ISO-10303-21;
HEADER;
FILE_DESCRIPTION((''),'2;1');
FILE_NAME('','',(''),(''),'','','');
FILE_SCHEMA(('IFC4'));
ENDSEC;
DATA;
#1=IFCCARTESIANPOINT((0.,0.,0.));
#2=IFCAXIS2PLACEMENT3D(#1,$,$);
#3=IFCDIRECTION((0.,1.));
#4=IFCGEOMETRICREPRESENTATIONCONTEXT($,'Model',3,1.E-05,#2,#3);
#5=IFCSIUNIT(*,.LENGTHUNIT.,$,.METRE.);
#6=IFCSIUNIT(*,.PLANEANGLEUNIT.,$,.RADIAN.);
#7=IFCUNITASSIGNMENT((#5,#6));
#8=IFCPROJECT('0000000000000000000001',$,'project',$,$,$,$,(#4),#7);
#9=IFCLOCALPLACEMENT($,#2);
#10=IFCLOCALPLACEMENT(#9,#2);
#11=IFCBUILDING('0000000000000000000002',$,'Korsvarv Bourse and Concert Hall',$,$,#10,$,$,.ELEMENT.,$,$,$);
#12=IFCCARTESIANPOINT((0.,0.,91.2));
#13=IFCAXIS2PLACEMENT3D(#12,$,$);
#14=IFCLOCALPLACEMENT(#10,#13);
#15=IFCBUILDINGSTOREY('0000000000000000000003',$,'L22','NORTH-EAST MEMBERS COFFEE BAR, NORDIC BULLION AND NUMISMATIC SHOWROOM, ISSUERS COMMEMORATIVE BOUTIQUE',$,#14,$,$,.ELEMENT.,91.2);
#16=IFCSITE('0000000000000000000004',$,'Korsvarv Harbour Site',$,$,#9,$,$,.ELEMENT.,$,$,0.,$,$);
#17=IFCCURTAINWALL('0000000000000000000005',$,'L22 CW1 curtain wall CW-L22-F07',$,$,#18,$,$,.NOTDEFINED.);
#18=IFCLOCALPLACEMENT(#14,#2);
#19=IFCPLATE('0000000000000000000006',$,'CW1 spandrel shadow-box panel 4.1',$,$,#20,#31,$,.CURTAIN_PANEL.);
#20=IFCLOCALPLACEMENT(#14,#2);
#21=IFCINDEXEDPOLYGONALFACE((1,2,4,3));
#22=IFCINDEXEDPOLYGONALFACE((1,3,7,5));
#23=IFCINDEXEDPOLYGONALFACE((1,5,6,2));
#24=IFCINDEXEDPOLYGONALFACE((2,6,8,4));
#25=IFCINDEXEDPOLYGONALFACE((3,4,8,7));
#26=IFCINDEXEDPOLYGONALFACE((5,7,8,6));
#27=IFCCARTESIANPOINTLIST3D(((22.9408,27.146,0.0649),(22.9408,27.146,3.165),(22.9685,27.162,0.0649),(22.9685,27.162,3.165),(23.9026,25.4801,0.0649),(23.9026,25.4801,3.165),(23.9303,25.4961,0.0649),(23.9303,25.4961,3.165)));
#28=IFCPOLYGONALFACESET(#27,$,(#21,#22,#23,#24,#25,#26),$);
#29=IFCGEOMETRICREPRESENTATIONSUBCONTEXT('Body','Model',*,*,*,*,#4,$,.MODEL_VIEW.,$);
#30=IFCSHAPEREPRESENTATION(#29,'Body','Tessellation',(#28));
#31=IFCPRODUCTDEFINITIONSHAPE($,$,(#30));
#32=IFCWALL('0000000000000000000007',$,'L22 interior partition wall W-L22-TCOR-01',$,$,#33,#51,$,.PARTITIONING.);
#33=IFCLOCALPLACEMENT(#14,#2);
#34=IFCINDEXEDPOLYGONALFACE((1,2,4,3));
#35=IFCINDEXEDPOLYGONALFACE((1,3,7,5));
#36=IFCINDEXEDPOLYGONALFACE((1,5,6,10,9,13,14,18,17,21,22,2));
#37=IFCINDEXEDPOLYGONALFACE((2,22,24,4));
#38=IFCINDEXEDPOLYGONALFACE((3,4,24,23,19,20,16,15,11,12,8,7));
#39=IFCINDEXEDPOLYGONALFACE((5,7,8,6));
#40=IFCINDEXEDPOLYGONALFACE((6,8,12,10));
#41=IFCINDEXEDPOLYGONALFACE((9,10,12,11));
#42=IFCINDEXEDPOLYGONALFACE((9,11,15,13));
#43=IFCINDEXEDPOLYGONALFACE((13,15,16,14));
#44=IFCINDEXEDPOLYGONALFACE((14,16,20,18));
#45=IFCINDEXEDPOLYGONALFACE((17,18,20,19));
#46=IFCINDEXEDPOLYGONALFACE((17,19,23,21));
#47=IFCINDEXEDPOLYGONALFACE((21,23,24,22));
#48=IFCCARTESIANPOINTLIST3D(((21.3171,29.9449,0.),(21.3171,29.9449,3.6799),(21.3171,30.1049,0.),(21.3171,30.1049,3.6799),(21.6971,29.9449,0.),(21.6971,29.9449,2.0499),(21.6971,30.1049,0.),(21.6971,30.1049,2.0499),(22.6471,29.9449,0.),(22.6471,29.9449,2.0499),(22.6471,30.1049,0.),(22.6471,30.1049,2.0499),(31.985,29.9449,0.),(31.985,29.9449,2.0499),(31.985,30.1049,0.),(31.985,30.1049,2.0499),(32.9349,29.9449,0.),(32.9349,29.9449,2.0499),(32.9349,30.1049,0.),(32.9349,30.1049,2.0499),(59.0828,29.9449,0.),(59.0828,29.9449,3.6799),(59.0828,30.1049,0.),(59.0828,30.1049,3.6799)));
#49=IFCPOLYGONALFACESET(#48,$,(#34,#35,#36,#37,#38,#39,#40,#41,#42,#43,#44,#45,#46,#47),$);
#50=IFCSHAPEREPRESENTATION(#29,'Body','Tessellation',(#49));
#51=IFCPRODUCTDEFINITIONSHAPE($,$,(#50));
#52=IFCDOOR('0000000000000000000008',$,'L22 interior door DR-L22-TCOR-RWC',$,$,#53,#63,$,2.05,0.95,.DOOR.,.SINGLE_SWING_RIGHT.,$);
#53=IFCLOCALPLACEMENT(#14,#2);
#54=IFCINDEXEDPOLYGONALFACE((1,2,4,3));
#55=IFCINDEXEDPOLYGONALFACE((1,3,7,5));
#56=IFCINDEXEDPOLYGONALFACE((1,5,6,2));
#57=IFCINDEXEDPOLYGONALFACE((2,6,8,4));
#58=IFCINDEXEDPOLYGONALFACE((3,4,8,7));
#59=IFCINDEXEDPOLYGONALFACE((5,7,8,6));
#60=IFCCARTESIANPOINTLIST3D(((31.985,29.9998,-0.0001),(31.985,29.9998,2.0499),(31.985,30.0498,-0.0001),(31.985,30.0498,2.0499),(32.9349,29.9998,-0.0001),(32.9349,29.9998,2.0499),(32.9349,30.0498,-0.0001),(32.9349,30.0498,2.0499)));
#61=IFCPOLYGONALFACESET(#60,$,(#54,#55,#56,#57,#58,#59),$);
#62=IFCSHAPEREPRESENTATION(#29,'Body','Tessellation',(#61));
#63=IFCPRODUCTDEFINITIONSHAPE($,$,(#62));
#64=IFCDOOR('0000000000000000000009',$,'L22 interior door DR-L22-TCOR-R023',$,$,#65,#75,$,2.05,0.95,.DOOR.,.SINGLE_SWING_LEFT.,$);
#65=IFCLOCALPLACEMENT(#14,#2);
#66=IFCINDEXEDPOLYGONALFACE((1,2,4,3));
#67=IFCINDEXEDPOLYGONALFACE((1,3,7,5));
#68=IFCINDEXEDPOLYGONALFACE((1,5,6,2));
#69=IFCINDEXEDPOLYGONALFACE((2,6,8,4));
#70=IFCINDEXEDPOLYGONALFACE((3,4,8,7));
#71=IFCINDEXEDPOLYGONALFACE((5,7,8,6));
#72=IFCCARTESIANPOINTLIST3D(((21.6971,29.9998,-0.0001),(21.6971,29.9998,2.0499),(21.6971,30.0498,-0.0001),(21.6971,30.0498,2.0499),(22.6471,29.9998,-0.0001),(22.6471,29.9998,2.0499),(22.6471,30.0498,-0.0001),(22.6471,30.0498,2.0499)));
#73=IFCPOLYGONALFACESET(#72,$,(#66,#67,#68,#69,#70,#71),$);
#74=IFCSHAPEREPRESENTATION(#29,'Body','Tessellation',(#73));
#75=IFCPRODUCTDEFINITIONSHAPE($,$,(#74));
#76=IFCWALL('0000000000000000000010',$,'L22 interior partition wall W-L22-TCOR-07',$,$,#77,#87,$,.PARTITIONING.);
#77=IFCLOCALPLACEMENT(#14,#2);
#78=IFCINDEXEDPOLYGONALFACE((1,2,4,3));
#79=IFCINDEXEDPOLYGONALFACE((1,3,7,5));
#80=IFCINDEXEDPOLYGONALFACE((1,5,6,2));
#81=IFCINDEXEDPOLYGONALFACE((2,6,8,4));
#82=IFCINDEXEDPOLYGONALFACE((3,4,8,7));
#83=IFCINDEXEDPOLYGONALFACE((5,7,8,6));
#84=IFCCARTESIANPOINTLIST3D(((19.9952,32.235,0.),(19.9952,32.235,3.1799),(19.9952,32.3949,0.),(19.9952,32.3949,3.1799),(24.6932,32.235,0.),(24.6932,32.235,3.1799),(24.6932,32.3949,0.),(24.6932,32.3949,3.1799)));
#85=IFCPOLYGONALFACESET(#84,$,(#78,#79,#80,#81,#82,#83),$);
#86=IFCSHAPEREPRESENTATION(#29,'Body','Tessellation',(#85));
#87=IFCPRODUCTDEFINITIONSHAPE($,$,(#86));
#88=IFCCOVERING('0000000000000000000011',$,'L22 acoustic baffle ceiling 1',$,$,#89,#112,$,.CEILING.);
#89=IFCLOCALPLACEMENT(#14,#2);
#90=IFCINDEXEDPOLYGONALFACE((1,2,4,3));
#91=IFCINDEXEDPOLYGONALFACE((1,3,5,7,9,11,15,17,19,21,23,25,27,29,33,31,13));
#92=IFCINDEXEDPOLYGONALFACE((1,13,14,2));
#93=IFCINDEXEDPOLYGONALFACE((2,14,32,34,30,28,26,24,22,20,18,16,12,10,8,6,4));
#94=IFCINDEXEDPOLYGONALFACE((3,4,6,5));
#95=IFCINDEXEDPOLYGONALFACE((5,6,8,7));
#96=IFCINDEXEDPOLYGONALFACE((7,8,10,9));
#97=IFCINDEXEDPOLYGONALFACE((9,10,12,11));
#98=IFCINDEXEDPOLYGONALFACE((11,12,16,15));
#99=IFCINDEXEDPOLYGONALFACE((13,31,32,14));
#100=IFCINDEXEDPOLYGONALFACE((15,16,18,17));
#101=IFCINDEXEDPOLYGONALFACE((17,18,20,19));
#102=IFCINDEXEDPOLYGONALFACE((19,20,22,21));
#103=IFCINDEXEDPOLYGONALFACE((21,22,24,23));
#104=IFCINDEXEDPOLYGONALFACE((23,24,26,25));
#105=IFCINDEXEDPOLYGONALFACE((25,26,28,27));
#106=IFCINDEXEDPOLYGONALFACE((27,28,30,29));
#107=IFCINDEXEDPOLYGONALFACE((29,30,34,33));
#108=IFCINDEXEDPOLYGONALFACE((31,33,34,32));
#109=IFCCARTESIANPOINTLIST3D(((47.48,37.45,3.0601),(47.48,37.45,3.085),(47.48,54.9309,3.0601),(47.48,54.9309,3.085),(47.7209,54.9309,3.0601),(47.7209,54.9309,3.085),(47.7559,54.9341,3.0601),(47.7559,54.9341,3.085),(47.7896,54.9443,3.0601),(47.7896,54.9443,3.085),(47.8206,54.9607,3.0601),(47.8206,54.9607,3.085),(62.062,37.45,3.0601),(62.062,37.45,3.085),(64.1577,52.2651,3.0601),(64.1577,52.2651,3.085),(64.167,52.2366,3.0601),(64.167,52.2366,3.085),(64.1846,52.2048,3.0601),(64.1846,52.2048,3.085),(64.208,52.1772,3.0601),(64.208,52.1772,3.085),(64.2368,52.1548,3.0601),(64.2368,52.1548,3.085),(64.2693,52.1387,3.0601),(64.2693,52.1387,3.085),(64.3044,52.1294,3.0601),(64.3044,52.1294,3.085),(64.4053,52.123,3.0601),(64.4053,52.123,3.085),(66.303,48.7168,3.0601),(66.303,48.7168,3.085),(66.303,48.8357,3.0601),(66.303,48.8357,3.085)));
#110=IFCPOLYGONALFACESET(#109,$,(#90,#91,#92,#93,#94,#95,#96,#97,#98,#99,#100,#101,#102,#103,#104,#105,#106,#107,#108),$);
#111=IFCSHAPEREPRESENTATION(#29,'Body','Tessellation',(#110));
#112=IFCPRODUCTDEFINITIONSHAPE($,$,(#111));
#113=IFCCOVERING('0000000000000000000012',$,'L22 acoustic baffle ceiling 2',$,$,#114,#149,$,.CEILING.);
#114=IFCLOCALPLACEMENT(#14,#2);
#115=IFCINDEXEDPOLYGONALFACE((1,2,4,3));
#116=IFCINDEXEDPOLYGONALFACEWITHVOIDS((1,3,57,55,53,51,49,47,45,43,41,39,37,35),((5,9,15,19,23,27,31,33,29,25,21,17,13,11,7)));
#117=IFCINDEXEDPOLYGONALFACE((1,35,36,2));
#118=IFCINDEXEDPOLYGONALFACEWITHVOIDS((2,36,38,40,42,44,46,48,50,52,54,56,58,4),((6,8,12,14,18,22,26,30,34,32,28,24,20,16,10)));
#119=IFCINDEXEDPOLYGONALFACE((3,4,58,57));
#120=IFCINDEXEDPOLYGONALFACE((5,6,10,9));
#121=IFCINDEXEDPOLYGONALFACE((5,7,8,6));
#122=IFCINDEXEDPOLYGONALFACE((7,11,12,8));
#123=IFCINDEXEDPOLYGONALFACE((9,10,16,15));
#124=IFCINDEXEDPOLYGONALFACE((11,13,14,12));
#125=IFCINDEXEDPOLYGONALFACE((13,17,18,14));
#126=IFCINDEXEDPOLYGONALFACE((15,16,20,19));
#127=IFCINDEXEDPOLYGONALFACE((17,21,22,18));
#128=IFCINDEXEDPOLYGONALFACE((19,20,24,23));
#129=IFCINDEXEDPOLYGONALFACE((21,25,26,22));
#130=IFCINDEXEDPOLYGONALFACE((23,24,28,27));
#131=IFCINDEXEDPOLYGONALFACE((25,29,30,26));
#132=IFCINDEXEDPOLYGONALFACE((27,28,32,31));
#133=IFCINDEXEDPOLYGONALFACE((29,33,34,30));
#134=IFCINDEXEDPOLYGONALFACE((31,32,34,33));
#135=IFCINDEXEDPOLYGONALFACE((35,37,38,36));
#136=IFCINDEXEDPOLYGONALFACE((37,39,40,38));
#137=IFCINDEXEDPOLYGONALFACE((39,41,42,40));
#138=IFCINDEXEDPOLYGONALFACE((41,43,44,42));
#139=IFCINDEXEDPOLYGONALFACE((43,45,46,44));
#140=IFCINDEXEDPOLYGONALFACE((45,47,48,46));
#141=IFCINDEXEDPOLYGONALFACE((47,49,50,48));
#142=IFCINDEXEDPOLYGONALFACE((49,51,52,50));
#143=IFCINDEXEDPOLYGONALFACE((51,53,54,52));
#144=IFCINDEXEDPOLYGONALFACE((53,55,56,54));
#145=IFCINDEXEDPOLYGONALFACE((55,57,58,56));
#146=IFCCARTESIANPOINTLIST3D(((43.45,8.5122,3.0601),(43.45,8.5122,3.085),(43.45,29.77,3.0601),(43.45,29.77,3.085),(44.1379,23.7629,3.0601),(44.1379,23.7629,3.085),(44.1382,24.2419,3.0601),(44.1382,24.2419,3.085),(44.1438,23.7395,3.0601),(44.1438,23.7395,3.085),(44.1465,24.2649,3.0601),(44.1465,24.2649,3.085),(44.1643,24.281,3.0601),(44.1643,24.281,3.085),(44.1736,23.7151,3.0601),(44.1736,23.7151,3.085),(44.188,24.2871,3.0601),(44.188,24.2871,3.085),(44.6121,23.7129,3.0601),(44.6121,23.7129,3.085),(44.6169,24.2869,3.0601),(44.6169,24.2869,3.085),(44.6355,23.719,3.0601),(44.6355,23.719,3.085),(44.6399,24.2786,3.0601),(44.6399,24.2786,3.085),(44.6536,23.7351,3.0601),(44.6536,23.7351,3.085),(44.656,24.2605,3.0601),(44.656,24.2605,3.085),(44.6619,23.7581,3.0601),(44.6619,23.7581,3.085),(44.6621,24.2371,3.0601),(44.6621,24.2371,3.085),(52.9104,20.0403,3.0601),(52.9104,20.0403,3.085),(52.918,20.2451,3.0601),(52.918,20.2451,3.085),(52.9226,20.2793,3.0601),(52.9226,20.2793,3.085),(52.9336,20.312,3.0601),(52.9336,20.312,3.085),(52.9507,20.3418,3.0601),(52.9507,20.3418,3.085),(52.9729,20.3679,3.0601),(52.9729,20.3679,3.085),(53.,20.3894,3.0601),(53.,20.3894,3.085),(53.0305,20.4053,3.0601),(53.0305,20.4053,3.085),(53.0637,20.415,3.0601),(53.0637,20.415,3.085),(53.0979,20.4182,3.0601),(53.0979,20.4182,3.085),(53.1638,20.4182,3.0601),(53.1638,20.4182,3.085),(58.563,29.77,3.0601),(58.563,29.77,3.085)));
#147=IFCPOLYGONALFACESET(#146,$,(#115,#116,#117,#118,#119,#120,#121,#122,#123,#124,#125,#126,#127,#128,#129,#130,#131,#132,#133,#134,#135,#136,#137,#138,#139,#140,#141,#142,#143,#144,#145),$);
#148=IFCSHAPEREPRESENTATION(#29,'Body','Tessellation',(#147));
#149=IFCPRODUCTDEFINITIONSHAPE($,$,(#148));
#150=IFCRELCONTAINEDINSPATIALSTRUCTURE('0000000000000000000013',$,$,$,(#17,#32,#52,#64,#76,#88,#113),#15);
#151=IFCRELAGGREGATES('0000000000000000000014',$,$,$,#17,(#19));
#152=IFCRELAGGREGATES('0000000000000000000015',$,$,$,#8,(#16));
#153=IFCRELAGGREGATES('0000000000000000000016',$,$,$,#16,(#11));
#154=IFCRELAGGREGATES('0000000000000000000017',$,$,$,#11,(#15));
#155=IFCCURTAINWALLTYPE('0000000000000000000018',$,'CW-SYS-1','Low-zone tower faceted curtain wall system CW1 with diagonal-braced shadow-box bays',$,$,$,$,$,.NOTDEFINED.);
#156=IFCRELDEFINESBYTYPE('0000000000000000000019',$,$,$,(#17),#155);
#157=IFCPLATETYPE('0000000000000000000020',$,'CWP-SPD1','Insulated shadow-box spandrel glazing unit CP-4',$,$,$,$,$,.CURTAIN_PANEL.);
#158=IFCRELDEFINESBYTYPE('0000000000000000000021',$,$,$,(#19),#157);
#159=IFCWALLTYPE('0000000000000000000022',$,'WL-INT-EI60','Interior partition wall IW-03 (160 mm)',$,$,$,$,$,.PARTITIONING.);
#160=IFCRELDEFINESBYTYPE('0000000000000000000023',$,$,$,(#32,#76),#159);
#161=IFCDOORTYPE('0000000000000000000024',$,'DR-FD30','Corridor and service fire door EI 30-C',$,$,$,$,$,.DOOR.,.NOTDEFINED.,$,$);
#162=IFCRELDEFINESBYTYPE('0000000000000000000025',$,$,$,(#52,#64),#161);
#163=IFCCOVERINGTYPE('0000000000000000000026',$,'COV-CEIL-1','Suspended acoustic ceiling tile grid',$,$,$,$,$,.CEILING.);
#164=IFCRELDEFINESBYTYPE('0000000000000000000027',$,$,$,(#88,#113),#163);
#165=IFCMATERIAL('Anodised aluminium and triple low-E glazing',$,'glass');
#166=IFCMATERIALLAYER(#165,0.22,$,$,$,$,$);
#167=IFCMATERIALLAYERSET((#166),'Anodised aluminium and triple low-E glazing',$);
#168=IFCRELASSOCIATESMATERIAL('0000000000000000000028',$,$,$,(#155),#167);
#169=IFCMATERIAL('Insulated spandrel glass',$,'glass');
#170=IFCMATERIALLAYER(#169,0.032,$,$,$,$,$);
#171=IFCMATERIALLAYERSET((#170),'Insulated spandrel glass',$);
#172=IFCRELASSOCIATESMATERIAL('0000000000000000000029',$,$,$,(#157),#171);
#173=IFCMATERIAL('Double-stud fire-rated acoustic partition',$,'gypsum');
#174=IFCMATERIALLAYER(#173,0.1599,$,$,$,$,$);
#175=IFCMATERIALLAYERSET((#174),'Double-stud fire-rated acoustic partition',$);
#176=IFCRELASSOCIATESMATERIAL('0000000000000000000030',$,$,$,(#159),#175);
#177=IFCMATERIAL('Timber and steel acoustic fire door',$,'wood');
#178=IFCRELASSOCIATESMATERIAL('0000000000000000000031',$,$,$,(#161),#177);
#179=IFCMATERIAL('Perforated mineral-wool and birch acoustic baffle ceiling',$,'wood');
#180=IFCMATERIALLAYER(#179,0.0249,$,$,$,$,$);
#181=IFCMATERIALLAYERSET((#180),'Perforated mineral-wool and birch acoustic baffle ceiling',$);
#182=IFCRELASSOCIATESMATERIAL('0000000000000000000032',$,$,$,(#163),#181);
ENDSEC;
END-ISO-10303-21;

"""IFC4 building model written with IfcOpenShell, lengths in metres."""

from ifc_helpers import new_model, si_unit, direction, frame, frame_2d, origin, origin_2d, place, context, subcontext, project, spatial, polyline, rectangle, outline, extrude, source, transform, mapped, material, layer, layer_set, type_object, element, fill, aggregate, save


model = new_model("IFC4")

# Units and contexts
model_context = context("Model", 3, precision=1e-05, world=origin(), true_north=direction((0.0, 1.0)))
body_context = subcontext(model_context, "Body", "Model", "MODEL_VIEW")
ifc_project = project(units=[si_unit("LENGTHUNIT", "METRE"), si_unit("PLANEANGLEUNIT", "RADIAN")], contexts=[model_context])

# Site, building, storey
site_placement = place(None, origin())
site = spatial("IfcSite", under=ifc_project, at=site_placement, Name="Korsvarv Harbour Site", CompositionType="ELEMENT", RefElevation=0.0)
building_placement = place(site_placement, origin())
building = spatial("IfcBuilding", under=site, at=building_placement, Name="Korsvarv Bourse and Concert Hall", CompositionType="ELEMENT")
storey_placement = place(building_placement, frame((0.0, 0.0, 91.2)))
storey = spatial("IfcBuildingStorey", under=building, at=storey_placement, Name="L22", Description="NORTH-EAST MEMBERS COFFEE BAR, NORDIC BULLION AND NUMISMATIC SHOWROOM, ISSUERS COMMEMORATIVE BOUTIQUE", CompositionType="ELEMENT", Elevation=91.2)

# Curtain wall
ifc_material_1 = material(Name="Anodised aluminium and triple low-E glazing", Category="glass")
ifc_layer_1 = layer(ifc_material_1, 0.22)
ifc_layer_set_1 = layer_set([ifc_layer_1], Name="Anodised aluminium and triple low-E glazing")
curtain_wall_type = type_object("IfcCurtainWallType", Name="CW-SYS-1", Description="Low-zone tower faceted curtain wall system CW1 with diagonal-braced shadow-box bays", PredefinedType="NOTDEFINED", material=ifc_layer_set_1)
curtain_wall_placement = place(storey_placement, origin())
curtain_wall = element("IfcCurtainWall", 1, at=curtain_wall_placement, inside=storey, type_object=curtain_wall_type, Name="L22 CW1 curtain wall CW-L22-F07", PredefinedType="NOTDEFINED")

# Plate
ifc_material_2 = material(Name="Insulated spandrel glass", Category="glass")
ifc_layer_2 = layer(ifc_material_2, 0.032)
ifc_layer_set_2 = layer_set([ifc_layer_2], Name="Insulated spandrel glass")
plate_type_1 = type_object("IfcPlateType", Name="CWP-SPD1", Description="Insulated shadow-box spandrel glazing unit CP-4", PredefinedType="CURTAIN_PANEL", material=ifc_layer_set_2)
shared_shape_1 = source(origin(), body_context, "Body", "SweptSolid", [
    extrude(rectangle(XDim=1.9236, YDim=0.032, at=origin_2d()), origin(), (0.0, 0.0, 1.0), 3.1001),
])
plate_1_placement = place(storey_placement, frame((23.4355, 26.321, 0.0649), z_axis=(0.0, 0.0, 1.0), x_axis=(0.499999, -0.866026, 0.0)))
plate_1 = element("IfcPlate", 2, at=plate_1_placement, type_object=plate_type_1, Name="CW1 spandrel shadow-box panel 4.1", PredefinedType="CURTAIN_PANEL", context=body_context, shape_type="MappedRepresentation", body=[
    mapped(shared_shape_1, transform((0.0, 0.0, 0.0), scale=1.0)),
])
aggregate(curtain_wall, [plate_1])

# Wall, openings, doors
ifc_material_3 = material(Name="Double-stud fire-rated acoustic partition", Category="gypsum")
ifc_layer_3 = layer(ifc_material_3, 0.1599)
ifc_layer_set_3 = layer_set([ifc_layer_3], Name="Double-stud fire-rated acoustic partition")
wall_type = type_object("IfcWallType", Name="WL-INT-EI60", Description="Interior partition wall IW-03 (160 mm)", PredefinedType="PARTITIONING", material=ifc_layer_set_3)
wall_1_placement = place(storey_placement, frame((21.3171, 30.0249, 0.0), z_axis=(0.0, 0.0, 1.0), x_axis=(1.0, 0.0, 0.0)))
wall_1 = element("IfcWall", 3, at=wall_1_placement, inside=storey, type_object=wall_type, Name="L22 interior partition wall W-L22-TCOR-01", PredefinedType="PARTITIONING", context=body_context, shape_type="SweptSolid", body=[
    extrude(rectangle(XDim=37.7656, YDim=0.1599, at=frame_2d((18.8828, 0.0))), origin(), (0.0, 0.0, 1.0), 3.6799),
])
opening_1_placement = place(wall_1_placement, frame((10.6677, 0.0, 0.0)))
opening_1 = element("IfcOpeningElement", 4, at=opening_1_placement, cuts=wall_1, PredefinedType="OPENING", context=body_context, shape_type="SweptSolid", body=[
    extrude(rectangle(XDim=0.95, YDim=2.05, at=frame_2d((0.4751, 1.0249))), frame((0.0, 0.0898, 0.0), z_axis=(0.0, -1.0, 0.0), x_axis=(1.0, 0.0, 0.0)), (0.0, 0.0, 1.0), 0.1799),
])
opening_2_placement = place(wall_1_placement, frame((0.3799, 0.0, 0.0)))
opening_2 = element("IfcOpeningElement", 5, at=opening_2_placement, cuts=wall_1, PredefinedType="OPENING", context=body_context, shape_type="SweptSolid", body=[
    extrude(rectangle(XDim=0.95, YDim=2.05, at=frame_2d((0.4751, 1.0249))), frame((0.0, 0.0898, 0.0), z_axis=(0.0, -1.0, 0.0), x_axis=(1.0, 0.0, 0.0)), (0.0, 0.0, 1.0), 0.1799),
])
ifc_material_4 = material(Name="Timber and steel acoustic fire door", Category="wood")
door_type = type_object("IfcDoorType", Name="DR-FD30", Description="Corridor and service fire door EI 30-C", OperationType="NOTDEFINED", PredefinedType="DOOR", material=ifc_material_4)
door_1_placement = place(opening_1_placement, origin())
door_1 = element("IfcDoor", 6, at=door_1_placement, inside=storey, type_object=door_type, Name="L22 interior door DR-L22-TCOR-RWC", OperationType="SINGLE_SWING_RIGHT", OverallHeight=2.05, OverallWidth=0.95, PredefinedType="DOOR", context=body_context, shape_type="SweptSolid", body=[
    extrude(rectangle(XDim=0.95, YDim=2.05, at=frame_2d((0.4751, 1.0249))), frame((0.0, 0.0249, 0.0), z_axis=(0.0, -1.0, 0.0), x_axis=(1.0, 0.0, 0.0)), (0.0, 0.0, 1.0), 0.05),
])
fill(opening_1, door_1)
door_2_placement = place(opening_2_placement, origin())
door_2 = element("IfcDoor", 7, at=door_2_placement, inside=storey, type_object=door_type, Name="L22 interior door DR-L22-TCOR-R023", OperationType="SINGLE_SWING_LEFT", OverallHeight=2.05, OverallWidth=0.95, PredefinedType="DOOR", context=body_context, shape_type="SweptSolid", body=[
    extrude(rectangle(XDim=0.95, YDim=2.05, at=frame_2d((0.4751, 1.0249))), frame((0.0, 0.0249, 0.0), z_axis=(0.0, -1.0, 0.0), x_axis=(1.0, 0.0, 0.0)), (0.0, 0.0, 1.0), 0.05),
])
fill(opening_2, door_2)

# Wall
wall_2_placement = place(storey_placement, frame((19.9951, 32.3149, 0.0), z_axis=(0.0, 0.0, 1.0), x_axis=(1.0, 0.0, 0.0)))
element("IfcWall", 8, at=wall_2_placement, inside=storey, type_object=wall_type, Name="L22 interior partition wall W-L22-TCOR-07", PredefinedType="PARTITIONING", context=body_context, shape_type="SweptSolid", body=[
    extrude(rectangle(XDim=4.698, YDim=0.1599, at=frame_2d((2.3491, 0.0))), origin(), (0.0, 0.0, 1.0), 3.1799),
])

# Coverings
ifc_material_5 = material(Name="Perforated mineral-wool and birch acoustic baffle ceiling", Category="wood")
ifc_layer_4 = layer(ifc_material_5, 0.0249)
ifc_layer_set_4 = layer_set([ifc_layer_4], Name="Perforated mineral-wool and birch acoustic baffle ceiling")
covering_type_1 = type_object("IfcCoveringType", Name="COV-CEIL-1", Description="Suspended acoustic ceiling tile grid", PredefinedType="CEILING", material=ifc_layer_set_4)
covering_1_placement = place(storey_placement, frame((0.0, 0.0, 3.0601)))
element("IfcCovering", 9, at=covering_1_placement, inside=storey, type_object=covering_type_1, Name="L22 acoustic baffle ceiling 1", PredefinedType="CEILING", context=body_context, shape_type="SweptSolid", body=[
    extrude(outline(polyline([(64.1577, 52.2651), (64.167, 52.2366), (64.1846, 52.2048), (64.208, 52.1772), (64.2368, 52.1548), (64.2693, 52.1387), (64.3044, 52.1294), (64.4053, 52.123), (66.303, 48.8357), (66.303, 48.7168), (62.062, 37.45), (47.48, 37.45), (47.48, 54.9309), (47.7209, 54.9309), (47.7559, 54.9341), (47.7896, 54.9443), (47.8206, 54.9607), (64.1577, 52.2651)])), origin(), (0.0, 0.0, 1.0), 0.0249),
])
covering_2_placement = place(storey_placement, frame((0.0, 0.0, 3.0601)))
element("IfcCovering", 10, at=covering_2_placement, inside=storey, type_object=covering_type_1, Name="L22 acoustic baffle ceiling 2", PredefinedType="CEILING", context=body_context, shape_type="SweptSolid", body=[
    extrude(outline(polyline([(53.0979, 20.4182), (53.0637, 20.415), (53.0305, 20.4053), (53.0, 20.3894), (52.9729, 20.3679), (52.9507, 20.3418), (52.9336, 20.312), (52.9226, 20.2793), (52.918, 20.2451), (52.9104, 20.0403), (43.45, 8.5122), (43.45, 29.77), (58.563, 29.77), (53.1638, 20.4182), (53.0979, 20.4182)]), holes=[polyline([(44.1736, 23.7151), (44.6121, 23.7129), (44.6355, 23.719), (44.6536, 23.7351), (44.6619, 23.7581), (44.6621, 24.2371), (44.656, 24.2605), (44.6399, 24.2786), (44.6169, 24.2869), (44.188, 24.2871), (44.1643, 24.281), (44.1465, 24.2649), (44.1382, 24.2419), (44.1379, 23.7629), (44.1438, 23.7395), (44.1736, 23.7151)])]), origin(), (0.0, 0.0, 1.0), 0.0249),
])

save(model, "model.ifc")
